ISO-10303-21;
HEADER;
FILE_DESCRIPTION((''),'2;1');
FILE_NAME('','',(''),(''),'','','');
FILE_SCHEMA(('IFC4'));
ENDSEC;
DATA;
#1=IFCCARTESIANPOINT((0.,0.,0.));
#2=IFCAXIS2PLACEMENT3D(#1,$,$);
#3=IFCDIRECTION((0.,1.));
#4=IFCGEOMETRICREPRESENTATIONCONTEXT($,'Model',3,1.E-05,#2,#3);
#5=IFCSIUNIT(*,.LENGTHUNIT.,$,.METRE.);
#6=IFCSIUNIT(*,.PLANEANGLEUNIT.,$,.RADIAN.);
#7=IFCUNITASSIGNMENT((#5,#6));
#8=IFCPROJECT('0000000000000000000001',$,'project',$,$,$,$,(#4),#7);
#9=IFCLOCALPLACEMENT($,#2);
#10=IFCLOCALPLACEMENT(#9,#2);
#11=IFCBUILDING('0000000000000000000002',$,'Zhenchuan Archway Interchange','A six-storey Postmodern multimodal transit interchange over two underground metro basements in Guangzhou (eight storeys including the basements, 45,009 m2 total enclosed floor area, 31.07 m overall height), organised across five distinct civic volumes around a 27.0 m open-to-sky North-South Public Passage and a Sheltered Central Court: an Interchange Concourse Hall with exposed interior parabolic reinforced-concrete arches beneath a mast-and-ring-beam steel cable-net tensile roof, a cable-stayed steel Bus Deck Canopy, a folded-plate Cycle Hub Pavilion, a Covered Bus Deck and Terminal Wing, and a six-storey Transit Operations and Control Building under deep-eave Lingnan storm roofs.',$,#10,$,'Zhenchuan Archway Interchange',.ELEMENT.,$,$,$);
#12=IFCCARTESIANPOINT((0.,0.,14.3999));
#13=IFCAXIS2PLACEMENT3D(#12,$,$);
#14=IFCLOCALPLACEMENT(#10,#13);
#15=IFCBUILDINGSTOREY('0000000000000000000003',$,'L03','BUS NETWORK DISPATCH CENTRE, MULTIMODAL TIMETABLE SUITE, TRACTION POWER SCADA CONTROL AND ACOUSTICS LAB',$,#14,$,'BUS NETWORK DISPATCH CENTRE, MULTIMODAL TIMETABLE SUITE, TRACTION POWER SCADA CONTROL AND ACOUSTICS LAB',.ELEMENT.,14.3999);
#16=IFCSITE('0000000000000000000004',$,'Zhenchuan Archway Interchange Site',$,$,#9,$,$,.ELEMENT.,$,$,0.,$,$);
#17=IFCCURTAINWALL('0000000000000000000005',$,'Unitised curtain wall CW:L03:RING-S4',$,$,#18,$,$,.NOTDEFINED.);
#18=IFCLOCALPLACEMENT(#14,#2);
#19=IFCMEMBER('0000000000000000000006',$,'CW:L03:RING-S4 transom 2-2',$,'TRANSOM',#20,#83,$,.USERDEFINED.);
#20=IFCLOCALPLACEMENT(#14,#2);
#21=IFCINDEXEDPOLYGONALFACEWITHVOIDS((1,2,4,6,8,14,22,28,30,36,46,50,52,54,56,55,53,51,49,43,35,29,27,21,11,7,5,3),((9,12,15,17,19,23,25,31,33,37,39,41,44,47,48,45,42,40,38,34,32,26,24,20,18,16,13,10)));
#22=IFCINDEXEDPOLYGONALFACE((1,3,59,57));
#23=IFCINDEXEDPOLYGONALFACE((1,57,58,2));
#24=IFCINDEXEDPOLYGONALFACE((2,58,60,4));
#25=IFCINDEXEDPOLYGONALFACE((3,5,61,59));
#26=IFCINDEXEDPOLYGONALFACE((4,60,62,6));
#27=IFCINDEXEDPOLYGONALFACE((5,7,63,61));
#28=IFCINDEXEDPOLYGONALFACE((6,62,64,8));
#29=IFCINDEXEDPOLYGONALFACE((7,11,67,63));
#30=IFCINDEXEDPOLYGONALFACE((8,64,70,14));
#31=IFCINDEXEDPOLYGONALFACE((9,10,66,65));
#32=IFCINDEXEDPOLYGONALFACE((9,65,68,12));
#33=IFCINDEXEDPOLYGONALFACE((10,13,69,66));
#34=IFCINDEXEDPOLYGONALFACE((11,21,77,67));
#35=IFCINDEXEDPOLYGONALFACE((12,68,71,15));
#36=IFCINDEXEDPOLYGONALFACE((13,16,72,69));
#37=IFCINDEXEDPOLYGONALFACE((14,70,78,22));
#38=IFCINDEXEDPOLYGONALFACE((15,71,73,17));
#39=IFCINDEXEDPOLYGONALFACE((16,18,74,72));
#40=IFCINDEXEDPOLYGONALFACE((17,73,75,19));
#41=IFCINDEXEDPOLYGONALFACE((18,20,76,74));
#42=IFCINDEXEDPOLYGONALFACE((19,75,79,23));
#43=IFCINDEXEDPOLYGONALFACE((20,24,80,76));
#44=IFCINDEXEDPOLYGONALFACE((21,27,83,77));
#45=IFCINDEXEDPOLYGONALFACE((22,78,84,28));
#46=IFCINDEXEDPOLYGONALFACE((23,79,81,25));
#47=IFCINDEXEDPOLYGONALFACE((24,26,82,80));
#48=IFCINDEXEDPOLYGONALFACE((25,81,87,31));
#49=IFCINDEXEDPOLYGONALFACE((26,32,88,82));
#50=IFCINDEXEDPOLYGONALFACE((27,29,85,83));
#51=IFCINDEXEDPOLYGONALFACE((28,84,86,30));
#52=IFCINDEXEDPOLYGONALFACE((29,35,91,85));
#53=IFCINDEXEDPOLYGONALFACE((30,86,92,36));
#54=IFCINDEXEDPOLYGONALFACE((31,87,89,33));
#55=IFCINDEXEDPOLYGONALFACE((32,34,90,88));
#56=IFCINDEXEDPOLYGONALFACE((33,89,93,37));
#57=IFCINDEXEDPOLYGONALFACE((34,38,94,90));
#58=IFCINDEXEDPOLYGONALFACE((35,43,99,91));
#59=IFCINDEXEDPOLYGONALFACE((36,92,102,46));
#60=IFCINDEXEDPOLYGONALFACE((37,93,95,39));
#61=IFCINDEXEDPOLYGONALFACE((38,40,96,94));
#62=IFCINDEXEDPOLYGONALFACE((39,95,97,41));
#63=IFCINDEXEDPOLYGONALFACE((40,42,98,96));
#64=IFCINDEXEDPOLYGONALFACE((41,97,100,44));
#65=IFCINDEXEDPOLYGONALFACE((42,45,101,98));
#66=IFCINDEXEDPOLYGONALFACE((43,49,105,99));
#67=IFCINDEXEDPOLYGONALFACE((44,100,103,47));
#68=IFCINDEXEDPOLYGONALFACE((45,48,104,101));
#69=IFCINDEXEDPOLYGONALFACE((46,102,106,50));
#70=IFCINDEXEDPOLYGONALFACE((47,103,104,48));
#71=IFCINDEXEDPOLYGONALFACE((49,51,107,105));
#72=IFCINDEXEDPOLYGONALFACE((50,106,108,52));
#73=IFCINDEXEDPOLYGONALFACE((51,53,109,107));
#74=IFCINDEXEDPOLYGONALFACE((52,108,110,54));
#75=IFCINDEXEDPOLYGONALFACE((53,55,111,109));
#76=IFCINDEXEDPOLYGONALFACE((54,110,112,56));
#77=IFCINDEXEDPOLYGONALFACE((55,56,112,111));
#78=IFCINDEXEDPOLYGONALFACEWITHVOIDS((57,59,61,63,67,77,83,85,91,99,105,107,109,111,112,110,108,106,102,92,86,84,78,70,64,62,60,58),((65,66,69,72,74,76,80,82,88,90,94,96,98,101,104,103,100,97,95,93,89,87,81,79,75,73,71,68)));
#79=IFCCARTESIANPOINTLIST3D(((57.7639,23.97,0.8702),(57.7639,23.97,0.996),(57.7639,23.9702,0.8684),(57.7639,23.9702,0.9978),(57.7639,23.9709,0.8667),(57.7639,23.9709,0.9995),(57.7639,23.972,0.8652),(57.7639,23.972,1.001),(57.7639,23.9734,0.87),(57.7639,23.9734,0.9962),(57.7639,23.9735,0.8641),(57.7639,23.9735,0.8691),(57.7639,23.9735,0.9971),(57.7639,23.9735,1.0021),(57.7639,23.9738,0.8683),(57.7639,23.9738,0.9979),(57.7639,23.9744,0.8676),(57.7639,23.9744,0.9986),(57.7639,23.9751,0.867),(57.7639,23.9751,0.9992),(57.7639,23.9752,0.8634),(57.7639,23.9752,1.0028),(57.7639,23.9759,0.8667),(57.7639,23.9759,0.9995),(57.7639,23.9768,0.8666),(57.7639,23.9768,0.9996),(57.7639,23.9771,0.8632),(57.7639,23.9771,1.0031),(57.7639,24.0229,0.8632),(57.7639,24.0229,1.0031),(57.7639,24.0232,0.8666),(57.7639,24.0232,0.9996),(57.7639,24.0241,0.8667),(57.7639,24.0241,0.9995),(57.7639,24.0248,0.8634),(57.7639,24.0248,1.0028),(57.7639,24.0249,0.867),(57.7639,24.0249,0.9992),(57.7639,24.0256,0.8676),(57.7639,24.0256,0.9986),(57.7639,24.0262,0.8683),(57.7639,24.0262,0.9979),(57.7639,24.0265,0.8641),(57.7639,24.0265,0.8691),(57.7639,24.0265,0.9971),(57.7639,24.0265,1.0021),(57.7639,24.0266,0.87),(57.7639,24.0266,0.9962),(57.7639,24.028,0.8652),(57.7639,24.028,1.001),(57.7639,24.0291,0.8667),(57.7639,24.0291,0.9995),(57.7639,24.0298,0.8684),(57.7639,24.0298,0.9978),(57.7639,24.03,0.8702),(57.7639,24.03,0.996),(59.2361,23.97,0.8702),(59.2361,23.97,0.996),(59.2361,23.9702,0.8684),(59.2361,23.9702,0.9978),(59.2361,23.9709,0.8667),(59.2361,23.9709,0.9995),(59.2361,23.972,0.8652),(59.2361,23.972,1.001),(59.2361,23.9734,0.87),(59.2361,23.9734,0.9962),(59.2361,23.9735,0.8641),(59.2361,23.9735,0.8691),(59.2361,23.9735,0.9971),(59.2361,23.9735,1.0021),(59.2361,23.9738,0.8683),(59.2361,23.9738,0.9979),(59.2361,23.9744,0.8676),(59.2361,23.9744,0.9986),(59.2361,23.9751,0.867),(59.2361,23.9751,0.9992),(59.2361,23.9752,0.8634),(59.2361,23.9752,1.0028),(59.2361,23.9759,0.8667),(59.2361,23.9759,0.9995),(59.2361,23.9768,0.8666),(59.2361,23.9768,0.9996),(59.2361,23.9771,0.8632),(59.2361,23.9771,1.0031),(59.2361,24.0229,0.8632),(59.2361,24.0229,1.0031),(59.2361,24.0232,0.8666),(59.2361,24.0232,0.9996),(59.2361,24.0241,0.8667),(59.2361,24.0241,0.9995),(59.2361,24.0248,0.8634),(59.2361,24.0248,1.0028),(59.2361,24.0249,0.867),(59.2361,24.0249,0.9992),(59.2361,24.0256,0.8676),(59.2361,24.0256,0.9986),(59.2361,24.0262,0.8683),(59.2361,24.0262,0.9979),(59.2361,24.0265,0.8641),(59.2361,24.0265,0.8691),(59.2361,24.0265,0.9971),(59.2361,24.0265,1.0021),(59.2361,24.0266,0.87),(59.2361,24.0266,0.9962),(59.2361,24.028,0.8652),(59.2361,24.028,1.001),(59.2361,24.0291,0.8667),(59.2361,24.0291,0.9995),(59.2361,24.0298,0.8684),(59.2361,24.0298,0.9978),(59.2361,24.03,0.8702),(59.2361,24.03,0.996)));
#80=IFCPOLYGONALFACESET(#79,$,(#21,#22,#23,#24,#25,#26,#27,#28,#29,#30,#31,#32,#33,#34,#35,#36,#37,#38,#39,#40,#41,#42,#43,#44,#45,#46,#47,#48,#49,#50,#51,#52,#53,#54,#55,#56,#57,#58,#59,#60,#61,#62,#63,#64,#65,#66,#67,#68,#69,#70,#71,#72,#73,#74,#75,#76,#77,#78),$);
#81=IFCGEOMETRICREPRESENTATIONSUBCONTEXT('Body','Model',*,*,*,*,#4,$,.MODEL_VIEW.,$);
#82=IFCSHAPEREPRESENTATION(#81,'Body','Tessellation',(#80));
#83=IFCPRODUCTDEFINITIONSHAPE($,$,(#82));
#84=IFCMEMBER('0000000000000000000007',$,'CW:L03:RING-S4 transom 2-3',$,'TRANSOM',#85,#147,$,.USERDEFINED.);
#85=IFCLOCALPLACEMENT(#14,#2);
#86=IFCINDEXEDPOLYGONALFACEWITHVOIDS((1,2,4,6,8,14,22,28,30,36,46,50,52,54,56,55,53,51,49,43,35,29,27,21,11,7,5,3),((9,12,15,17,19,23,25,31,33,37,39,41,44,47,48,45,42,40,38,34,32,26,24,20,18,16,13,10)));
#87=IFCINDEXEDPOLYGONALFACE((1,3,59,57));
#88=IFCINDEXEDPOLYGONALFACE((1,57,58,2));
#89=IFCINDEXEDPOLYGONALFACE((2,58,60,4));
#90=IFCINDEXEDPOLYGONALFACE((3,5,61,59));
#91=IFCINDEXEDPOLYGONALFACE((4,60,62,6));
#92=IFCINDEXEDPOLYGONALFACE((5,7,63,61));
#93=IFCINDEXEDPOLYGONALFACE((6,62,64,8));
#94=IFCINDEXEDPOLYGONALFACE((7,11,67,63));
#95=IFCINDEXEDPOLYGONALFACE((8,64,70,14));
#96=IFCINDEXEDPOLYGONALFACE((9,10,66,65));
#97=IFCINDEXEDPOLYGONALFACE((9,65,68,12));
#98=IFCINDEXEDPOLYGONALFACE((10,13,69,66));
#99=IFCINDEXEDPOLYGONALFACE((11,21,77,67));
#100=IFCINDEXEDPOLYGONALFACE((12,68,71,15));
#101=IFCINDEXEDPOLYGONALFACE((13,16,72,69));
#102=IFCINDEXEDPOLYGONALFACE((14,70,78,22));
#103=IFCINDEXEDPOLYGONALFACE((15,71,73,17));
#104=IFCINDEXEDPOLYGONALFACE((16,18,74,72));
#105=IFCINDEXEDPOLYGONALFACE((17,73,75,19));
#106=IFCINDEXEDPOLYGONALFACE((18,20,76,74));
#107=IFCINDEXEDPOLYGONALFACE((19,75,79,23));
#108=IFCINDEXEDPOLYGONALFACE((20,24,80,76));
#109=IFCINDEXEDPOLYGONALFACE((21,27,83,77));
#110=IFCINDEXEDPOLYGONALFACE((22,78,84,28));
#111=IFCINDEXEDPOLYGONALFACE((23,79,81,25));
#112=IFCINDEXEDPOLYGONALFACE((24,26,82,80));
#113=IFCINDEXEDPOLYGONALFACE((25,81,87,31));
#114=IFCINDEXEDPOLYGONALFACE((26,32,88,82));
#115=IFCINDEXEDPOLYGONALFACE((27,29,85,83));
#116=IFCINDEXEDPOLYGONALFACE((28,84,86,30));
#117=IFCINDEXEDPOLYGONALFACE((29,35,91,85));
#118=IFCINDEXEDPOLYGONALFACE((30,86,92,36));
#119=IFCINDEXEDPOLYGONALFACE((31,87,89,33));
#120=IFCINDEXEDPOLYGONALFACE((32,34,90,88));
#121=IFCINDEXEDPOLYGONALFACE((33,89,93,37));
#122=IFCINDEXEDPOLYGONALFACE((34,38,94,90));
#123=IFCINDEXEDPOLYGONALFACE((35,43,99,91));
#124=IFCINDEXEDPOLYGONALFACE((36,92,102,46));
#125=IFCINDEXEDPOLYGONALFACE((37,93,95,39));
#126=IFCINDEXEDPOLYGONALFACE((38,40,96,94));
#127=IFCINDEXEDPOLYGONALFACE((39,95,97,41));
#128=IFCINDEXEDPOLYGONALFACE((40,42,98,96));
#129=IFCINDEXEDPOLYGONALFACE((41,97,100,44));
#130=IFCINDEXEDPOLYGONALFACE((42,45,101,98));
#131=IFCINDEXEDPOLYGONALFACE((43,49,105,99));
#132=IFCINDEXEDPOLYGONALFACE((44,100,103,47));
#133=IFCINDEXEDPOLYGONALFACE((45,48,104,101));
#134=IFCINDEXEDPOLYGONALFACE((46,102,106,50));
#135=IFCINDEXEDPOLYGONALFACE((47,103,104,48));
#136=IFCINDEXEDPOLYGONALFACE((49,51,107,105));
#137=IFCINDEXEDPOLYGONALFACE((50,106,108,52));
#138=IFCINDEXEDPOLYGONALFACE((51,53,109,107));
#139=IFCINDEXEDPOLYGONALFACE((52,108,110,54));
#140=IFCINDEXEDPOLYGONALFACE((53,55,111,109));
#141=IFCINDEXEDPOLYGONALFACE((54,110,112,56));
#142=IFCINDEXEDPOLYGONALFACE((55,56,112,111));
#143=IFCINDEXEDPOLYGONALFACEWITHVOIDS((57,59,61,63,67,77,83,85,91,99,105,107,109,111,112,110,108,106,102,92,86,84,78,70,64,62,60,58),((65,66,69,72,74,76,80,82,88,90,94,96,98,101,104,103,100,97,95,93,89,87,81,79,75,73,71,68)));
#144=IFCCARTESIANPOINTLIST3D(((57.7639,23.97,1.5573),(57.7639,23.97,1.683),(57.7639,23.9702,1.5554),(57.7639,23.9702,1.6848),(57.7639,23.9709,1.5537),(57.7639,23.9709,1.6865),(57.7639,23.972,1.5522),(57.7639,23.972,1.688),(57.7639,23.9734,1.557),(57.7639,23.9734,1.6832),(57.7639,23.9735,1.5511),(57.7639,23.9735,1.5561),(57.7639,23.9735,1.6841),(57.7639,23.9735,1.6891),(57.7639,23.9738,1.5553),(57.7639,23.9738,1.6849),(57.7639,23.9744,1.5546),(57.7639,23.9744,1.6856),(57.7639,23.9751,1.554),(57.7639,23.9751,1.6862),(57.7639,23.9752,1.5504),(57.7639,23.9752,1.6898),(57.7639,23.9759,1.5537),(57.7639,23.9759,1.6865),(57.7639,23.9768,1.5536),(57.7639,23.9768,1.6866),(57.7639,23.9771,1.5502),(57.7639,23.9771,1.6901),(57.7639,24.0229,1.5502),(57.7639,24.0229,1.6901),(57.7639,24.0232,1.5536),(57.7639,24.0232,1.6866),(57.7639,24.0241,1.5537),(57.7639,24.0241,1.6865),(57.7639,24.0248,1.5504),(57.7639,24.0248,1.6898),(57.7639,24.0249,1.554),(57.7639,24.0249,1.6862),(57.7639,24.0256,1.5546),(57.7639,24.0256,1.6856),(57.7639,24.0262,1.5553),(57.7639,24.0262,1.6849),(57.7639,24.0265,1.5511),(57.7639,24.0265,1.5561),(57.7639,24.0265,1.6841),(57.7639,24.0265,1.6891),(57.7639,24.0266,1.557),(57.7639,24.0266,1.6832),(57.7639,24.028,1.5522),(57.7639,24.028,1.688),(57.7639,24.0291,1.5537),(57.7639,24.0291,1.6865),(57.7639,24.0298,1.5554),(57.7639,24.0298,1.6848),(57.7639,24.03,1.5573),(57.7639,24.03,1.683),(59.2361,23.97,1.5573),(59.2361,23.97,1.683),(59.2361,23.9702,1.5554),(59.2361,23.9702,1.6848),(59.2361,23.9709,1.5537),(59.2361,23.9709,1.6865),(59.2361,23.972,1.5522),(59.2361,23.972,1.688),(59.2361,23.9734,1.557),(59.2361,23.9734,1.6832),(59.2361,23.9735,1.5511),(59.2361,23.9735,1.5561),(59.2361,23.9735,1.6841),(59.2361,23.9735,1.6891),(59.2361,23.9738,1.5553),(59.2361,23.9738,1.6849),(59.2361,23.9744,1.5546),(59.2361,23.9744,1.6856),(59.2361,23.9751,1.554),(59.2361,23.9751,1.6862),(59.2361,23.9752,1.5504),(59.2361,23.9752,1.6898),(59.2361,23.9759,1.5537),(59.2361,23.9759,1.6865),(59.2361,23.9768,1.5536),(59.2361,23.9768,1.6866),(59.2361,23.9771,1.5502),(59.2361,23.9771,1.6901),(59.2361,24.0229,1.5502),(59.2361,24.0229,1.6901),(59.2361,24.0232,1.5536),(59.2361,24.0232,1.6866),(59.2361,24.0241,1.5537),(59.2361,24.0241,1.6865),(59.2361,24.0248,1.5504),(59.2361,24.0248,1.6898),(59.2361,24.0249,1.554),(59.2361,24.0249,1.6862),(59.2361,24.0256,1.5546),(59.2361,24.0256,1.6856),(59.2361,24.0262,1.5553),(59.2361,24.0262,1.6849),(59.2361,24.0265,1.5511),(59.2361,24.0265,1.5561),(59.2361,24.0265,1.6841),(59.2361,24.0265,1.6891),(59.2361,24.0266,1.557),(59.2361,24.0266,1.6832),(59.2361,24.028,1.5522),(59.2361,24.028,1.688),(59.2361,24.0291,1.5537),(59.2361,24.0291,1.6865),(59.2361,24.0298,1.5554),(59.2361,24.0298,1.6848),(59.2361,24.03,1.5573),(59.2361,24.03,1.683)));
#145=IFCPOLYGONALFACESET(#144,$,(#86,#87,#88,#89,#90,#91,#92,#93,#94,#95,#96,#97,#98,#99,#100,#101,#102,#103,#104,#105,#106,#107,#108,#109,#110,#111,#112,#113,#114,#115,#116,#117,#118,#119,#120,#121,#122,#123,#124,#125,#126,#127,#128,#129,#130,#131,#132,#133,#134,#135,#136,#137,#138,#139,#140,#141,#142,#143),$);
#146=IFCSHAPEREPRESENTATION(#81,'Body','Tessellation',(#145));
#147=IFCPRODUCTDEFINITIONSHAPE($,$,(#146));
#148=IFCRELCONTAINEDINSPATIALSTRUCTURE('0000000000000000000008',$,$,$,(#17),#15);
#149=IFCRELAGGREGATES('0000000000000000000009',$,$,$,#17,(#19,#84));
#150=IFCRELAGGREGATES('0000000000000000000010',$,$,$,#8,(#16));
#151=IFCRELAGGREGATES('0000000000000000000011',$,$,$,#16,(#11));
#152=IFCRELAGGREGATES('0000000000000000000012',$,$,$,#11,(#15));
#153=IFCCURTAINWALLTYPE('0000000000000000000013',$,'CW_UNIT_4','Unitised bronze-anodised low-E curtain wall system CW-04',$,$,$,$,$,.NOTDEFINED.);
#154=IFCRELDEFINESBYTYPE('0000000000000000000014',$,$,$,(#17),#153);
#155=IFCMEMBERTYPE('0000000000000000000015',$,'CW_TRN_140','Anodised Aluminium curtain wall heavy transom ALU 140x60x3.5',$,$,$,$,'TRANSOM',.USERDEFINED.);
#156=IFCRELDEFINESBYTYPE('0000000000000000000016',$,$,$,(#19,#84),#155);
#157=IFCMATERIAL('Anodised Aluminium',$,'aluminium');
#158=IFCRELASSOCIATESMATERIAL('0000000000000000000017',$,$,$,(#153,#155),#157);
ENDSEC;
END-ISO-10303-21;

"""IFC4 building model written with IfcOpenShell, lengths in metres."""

from ifc_helpers import new_model, si_unit, direction, frame, origin, origin_2d, place, context, subcontext, project, spatial, hollow_rectangle, extrude, material, material_profile, profile_set, type_object, element, aggregate, save


model = new_model("IFC4")

# Units and contexts
model_context = context("Model", 3, precision=1e-05, world=origin(), true_north=direction((0.0, 1.0)))
body_context = subcontext(model_context, "Body", "Model", "MODEL_VIEW")
ifc_project = project(units=[si_unit("LENGTHUNIT", "METRE"), si_unit("PLANEANGLEUNIT", "RADIAN")], contexts=[model_context])

# Site, building, storey
site_placement = place(None, origin())
site = spatial("IfcSite", under=ifc_project, at=site_placement, Name="Zhenchuan Archway Interchange Site", CompositionType="ELEMENT", RefElevation=0.0)
building_placement = place(site_placement, origin())
building = spatial("IfcBuilding", under=site, at=building_placement, Name="Zhenchuan Archway Interchange", Description="A six-storey Postmodern multimodal transit interchange over two underground metro basements in Guangzhou (eight storeys including the basements, 45,009 m2 total enclosed floor area, 31.07 m overall height), organised across five distinct civic volumes around a 27.0 m open-to-sky North-South Public Passage and a Sheltered Central Court: an Interchange Concourse Hall with exposed interior parabolic reinforced-concrete arches beneath a mast-and-ring-beam steel cable-net tensile roof, a cable-stayed steel Bus Deck Canopy, a folded-plate Cycle Hub Pavilion, a Covered Bus Deck and Terminal Wing, and a six-storey Transit Operations and Control Building under deep-eave Lingnan storm roofs.", LongName="Zhenchuan Archway Interchange", CompositionType="ELEMENT")
storey_placement = place(building_placement, frame((0.0, 0.0, 14.3999)))
storey = spatial("IfcBuildingStorey", under=building, at=storey_placement, Name="L03", Description="BUS NETWORK DISPATCH CENTRE, MULTIMODAL TIMETABLE SUITE, TRACTION POWER SCADA CONTROL AND ACOUSTICS LAB", LongName="BUS NETWORK DISPATCH CENTRE, MULTIMODAL TIMETABLE SUITE, TRACTION POWER SCADA CONTROL AND ACOUSTICS LAB", CompositionType="ELEMENT", Elevation=14.3999)

# Curtain wall
ifc_material_1 = material(Name="Anodised Aluminium", Category="aluminium")
curtain_wall_type = type_object("IfcCurtainWallType", Name="CW_UNIT_4", Description="Unitised bronze-anodised low-E curtain wall system CW-04", PredefinedType="NOTDEFINED", material=ifc_material_1)
curtain_wall_1_placement = place(storey_placement, origin())
curtain_wall_1 = element("IfcCurtainWall", 1, at=curtain_wall_1_placement, inside=storey, type_object=curtain_wall_type, Name="Unitised curtain wall CW:L03:RING-S4", PredefinedType="NOTDEFINED")

# Members
ifc_material_profile_1 = material_profile(ifc_material_1, hollow_rectangle(XDim=0.0601, YDim=0.1399, WallThickness=0.0034, InnerFilletRadius=0.0034, OuterFilletRadius=0.0071, at=origin_2d()), Name="ALU 140x60x3.5")
ifc_profile_set_1 = profile_set([ifc_material_profile_1], Name="Anodised Aluminium")
member_type_1 = type_object("IfcMemberType", Name="CW_TRN_140", Description="Anodised Aluminium curtain wall heavy transom ALU 140x60x3.5", ElementType="TRANSOM", PredefinedType="USERDEFINED", material=ifc_profile_set_1)
member_1_placement = place(storey_placement, frame((57.7639, 24.0, 0.9331), z_axis=(1.0, 0.0, 0.0), x_axis=(0.0, 1.0, 0.0)))
member_1 = element("IfcMember", 2, at=member_1_placement, type_object=member_type_1, Name="CW:L03:RING-S4 transom 2-2", ObjectType="TRANSOM", PredefinedType="USERDEFINED", context=body_context, shape_type="SweptSolid", body=[
    extrude(hollow_rectangle(XDim=0.0601, YDim=0.1399, WallThickness=0.0034, InnerFilletRadius=0.0034, OuterFilletRadius=0.0071, at=origin_2d()), origin(), (0.0, 0.0, 1.0), 1.4722),
])
member_2_placement = place(storey_placement, frame((57.7639, 24.0, 1.6201), z_axis=(1.0, 0.0, 0.0), x_axis=(0.0, 1.0, 0.0)))
member_2 = element("IfcMember", 3, at=member_2_placement, type_object=member_type_1, Name="CW:L03:RING-S4 transom 2-3", ObjectType="TRANSOM", PredefinedType="USERDEFINED", context=body_context, shape_type="SweptSolid", body=[
    extrude(hollow_rectangle(XDim=0.0601, YDim=0.1399, WallThickness=0.0034, InnerFilletRadius=0.0034, OuterFilletRadius=0.0071, at=origin_2d()), origin(), (0.0, 0.0, 1.0), 1.4722),
])

aggregate(curtain_wall_1, [member_1, member_2])

save(model, "model.ifc")
